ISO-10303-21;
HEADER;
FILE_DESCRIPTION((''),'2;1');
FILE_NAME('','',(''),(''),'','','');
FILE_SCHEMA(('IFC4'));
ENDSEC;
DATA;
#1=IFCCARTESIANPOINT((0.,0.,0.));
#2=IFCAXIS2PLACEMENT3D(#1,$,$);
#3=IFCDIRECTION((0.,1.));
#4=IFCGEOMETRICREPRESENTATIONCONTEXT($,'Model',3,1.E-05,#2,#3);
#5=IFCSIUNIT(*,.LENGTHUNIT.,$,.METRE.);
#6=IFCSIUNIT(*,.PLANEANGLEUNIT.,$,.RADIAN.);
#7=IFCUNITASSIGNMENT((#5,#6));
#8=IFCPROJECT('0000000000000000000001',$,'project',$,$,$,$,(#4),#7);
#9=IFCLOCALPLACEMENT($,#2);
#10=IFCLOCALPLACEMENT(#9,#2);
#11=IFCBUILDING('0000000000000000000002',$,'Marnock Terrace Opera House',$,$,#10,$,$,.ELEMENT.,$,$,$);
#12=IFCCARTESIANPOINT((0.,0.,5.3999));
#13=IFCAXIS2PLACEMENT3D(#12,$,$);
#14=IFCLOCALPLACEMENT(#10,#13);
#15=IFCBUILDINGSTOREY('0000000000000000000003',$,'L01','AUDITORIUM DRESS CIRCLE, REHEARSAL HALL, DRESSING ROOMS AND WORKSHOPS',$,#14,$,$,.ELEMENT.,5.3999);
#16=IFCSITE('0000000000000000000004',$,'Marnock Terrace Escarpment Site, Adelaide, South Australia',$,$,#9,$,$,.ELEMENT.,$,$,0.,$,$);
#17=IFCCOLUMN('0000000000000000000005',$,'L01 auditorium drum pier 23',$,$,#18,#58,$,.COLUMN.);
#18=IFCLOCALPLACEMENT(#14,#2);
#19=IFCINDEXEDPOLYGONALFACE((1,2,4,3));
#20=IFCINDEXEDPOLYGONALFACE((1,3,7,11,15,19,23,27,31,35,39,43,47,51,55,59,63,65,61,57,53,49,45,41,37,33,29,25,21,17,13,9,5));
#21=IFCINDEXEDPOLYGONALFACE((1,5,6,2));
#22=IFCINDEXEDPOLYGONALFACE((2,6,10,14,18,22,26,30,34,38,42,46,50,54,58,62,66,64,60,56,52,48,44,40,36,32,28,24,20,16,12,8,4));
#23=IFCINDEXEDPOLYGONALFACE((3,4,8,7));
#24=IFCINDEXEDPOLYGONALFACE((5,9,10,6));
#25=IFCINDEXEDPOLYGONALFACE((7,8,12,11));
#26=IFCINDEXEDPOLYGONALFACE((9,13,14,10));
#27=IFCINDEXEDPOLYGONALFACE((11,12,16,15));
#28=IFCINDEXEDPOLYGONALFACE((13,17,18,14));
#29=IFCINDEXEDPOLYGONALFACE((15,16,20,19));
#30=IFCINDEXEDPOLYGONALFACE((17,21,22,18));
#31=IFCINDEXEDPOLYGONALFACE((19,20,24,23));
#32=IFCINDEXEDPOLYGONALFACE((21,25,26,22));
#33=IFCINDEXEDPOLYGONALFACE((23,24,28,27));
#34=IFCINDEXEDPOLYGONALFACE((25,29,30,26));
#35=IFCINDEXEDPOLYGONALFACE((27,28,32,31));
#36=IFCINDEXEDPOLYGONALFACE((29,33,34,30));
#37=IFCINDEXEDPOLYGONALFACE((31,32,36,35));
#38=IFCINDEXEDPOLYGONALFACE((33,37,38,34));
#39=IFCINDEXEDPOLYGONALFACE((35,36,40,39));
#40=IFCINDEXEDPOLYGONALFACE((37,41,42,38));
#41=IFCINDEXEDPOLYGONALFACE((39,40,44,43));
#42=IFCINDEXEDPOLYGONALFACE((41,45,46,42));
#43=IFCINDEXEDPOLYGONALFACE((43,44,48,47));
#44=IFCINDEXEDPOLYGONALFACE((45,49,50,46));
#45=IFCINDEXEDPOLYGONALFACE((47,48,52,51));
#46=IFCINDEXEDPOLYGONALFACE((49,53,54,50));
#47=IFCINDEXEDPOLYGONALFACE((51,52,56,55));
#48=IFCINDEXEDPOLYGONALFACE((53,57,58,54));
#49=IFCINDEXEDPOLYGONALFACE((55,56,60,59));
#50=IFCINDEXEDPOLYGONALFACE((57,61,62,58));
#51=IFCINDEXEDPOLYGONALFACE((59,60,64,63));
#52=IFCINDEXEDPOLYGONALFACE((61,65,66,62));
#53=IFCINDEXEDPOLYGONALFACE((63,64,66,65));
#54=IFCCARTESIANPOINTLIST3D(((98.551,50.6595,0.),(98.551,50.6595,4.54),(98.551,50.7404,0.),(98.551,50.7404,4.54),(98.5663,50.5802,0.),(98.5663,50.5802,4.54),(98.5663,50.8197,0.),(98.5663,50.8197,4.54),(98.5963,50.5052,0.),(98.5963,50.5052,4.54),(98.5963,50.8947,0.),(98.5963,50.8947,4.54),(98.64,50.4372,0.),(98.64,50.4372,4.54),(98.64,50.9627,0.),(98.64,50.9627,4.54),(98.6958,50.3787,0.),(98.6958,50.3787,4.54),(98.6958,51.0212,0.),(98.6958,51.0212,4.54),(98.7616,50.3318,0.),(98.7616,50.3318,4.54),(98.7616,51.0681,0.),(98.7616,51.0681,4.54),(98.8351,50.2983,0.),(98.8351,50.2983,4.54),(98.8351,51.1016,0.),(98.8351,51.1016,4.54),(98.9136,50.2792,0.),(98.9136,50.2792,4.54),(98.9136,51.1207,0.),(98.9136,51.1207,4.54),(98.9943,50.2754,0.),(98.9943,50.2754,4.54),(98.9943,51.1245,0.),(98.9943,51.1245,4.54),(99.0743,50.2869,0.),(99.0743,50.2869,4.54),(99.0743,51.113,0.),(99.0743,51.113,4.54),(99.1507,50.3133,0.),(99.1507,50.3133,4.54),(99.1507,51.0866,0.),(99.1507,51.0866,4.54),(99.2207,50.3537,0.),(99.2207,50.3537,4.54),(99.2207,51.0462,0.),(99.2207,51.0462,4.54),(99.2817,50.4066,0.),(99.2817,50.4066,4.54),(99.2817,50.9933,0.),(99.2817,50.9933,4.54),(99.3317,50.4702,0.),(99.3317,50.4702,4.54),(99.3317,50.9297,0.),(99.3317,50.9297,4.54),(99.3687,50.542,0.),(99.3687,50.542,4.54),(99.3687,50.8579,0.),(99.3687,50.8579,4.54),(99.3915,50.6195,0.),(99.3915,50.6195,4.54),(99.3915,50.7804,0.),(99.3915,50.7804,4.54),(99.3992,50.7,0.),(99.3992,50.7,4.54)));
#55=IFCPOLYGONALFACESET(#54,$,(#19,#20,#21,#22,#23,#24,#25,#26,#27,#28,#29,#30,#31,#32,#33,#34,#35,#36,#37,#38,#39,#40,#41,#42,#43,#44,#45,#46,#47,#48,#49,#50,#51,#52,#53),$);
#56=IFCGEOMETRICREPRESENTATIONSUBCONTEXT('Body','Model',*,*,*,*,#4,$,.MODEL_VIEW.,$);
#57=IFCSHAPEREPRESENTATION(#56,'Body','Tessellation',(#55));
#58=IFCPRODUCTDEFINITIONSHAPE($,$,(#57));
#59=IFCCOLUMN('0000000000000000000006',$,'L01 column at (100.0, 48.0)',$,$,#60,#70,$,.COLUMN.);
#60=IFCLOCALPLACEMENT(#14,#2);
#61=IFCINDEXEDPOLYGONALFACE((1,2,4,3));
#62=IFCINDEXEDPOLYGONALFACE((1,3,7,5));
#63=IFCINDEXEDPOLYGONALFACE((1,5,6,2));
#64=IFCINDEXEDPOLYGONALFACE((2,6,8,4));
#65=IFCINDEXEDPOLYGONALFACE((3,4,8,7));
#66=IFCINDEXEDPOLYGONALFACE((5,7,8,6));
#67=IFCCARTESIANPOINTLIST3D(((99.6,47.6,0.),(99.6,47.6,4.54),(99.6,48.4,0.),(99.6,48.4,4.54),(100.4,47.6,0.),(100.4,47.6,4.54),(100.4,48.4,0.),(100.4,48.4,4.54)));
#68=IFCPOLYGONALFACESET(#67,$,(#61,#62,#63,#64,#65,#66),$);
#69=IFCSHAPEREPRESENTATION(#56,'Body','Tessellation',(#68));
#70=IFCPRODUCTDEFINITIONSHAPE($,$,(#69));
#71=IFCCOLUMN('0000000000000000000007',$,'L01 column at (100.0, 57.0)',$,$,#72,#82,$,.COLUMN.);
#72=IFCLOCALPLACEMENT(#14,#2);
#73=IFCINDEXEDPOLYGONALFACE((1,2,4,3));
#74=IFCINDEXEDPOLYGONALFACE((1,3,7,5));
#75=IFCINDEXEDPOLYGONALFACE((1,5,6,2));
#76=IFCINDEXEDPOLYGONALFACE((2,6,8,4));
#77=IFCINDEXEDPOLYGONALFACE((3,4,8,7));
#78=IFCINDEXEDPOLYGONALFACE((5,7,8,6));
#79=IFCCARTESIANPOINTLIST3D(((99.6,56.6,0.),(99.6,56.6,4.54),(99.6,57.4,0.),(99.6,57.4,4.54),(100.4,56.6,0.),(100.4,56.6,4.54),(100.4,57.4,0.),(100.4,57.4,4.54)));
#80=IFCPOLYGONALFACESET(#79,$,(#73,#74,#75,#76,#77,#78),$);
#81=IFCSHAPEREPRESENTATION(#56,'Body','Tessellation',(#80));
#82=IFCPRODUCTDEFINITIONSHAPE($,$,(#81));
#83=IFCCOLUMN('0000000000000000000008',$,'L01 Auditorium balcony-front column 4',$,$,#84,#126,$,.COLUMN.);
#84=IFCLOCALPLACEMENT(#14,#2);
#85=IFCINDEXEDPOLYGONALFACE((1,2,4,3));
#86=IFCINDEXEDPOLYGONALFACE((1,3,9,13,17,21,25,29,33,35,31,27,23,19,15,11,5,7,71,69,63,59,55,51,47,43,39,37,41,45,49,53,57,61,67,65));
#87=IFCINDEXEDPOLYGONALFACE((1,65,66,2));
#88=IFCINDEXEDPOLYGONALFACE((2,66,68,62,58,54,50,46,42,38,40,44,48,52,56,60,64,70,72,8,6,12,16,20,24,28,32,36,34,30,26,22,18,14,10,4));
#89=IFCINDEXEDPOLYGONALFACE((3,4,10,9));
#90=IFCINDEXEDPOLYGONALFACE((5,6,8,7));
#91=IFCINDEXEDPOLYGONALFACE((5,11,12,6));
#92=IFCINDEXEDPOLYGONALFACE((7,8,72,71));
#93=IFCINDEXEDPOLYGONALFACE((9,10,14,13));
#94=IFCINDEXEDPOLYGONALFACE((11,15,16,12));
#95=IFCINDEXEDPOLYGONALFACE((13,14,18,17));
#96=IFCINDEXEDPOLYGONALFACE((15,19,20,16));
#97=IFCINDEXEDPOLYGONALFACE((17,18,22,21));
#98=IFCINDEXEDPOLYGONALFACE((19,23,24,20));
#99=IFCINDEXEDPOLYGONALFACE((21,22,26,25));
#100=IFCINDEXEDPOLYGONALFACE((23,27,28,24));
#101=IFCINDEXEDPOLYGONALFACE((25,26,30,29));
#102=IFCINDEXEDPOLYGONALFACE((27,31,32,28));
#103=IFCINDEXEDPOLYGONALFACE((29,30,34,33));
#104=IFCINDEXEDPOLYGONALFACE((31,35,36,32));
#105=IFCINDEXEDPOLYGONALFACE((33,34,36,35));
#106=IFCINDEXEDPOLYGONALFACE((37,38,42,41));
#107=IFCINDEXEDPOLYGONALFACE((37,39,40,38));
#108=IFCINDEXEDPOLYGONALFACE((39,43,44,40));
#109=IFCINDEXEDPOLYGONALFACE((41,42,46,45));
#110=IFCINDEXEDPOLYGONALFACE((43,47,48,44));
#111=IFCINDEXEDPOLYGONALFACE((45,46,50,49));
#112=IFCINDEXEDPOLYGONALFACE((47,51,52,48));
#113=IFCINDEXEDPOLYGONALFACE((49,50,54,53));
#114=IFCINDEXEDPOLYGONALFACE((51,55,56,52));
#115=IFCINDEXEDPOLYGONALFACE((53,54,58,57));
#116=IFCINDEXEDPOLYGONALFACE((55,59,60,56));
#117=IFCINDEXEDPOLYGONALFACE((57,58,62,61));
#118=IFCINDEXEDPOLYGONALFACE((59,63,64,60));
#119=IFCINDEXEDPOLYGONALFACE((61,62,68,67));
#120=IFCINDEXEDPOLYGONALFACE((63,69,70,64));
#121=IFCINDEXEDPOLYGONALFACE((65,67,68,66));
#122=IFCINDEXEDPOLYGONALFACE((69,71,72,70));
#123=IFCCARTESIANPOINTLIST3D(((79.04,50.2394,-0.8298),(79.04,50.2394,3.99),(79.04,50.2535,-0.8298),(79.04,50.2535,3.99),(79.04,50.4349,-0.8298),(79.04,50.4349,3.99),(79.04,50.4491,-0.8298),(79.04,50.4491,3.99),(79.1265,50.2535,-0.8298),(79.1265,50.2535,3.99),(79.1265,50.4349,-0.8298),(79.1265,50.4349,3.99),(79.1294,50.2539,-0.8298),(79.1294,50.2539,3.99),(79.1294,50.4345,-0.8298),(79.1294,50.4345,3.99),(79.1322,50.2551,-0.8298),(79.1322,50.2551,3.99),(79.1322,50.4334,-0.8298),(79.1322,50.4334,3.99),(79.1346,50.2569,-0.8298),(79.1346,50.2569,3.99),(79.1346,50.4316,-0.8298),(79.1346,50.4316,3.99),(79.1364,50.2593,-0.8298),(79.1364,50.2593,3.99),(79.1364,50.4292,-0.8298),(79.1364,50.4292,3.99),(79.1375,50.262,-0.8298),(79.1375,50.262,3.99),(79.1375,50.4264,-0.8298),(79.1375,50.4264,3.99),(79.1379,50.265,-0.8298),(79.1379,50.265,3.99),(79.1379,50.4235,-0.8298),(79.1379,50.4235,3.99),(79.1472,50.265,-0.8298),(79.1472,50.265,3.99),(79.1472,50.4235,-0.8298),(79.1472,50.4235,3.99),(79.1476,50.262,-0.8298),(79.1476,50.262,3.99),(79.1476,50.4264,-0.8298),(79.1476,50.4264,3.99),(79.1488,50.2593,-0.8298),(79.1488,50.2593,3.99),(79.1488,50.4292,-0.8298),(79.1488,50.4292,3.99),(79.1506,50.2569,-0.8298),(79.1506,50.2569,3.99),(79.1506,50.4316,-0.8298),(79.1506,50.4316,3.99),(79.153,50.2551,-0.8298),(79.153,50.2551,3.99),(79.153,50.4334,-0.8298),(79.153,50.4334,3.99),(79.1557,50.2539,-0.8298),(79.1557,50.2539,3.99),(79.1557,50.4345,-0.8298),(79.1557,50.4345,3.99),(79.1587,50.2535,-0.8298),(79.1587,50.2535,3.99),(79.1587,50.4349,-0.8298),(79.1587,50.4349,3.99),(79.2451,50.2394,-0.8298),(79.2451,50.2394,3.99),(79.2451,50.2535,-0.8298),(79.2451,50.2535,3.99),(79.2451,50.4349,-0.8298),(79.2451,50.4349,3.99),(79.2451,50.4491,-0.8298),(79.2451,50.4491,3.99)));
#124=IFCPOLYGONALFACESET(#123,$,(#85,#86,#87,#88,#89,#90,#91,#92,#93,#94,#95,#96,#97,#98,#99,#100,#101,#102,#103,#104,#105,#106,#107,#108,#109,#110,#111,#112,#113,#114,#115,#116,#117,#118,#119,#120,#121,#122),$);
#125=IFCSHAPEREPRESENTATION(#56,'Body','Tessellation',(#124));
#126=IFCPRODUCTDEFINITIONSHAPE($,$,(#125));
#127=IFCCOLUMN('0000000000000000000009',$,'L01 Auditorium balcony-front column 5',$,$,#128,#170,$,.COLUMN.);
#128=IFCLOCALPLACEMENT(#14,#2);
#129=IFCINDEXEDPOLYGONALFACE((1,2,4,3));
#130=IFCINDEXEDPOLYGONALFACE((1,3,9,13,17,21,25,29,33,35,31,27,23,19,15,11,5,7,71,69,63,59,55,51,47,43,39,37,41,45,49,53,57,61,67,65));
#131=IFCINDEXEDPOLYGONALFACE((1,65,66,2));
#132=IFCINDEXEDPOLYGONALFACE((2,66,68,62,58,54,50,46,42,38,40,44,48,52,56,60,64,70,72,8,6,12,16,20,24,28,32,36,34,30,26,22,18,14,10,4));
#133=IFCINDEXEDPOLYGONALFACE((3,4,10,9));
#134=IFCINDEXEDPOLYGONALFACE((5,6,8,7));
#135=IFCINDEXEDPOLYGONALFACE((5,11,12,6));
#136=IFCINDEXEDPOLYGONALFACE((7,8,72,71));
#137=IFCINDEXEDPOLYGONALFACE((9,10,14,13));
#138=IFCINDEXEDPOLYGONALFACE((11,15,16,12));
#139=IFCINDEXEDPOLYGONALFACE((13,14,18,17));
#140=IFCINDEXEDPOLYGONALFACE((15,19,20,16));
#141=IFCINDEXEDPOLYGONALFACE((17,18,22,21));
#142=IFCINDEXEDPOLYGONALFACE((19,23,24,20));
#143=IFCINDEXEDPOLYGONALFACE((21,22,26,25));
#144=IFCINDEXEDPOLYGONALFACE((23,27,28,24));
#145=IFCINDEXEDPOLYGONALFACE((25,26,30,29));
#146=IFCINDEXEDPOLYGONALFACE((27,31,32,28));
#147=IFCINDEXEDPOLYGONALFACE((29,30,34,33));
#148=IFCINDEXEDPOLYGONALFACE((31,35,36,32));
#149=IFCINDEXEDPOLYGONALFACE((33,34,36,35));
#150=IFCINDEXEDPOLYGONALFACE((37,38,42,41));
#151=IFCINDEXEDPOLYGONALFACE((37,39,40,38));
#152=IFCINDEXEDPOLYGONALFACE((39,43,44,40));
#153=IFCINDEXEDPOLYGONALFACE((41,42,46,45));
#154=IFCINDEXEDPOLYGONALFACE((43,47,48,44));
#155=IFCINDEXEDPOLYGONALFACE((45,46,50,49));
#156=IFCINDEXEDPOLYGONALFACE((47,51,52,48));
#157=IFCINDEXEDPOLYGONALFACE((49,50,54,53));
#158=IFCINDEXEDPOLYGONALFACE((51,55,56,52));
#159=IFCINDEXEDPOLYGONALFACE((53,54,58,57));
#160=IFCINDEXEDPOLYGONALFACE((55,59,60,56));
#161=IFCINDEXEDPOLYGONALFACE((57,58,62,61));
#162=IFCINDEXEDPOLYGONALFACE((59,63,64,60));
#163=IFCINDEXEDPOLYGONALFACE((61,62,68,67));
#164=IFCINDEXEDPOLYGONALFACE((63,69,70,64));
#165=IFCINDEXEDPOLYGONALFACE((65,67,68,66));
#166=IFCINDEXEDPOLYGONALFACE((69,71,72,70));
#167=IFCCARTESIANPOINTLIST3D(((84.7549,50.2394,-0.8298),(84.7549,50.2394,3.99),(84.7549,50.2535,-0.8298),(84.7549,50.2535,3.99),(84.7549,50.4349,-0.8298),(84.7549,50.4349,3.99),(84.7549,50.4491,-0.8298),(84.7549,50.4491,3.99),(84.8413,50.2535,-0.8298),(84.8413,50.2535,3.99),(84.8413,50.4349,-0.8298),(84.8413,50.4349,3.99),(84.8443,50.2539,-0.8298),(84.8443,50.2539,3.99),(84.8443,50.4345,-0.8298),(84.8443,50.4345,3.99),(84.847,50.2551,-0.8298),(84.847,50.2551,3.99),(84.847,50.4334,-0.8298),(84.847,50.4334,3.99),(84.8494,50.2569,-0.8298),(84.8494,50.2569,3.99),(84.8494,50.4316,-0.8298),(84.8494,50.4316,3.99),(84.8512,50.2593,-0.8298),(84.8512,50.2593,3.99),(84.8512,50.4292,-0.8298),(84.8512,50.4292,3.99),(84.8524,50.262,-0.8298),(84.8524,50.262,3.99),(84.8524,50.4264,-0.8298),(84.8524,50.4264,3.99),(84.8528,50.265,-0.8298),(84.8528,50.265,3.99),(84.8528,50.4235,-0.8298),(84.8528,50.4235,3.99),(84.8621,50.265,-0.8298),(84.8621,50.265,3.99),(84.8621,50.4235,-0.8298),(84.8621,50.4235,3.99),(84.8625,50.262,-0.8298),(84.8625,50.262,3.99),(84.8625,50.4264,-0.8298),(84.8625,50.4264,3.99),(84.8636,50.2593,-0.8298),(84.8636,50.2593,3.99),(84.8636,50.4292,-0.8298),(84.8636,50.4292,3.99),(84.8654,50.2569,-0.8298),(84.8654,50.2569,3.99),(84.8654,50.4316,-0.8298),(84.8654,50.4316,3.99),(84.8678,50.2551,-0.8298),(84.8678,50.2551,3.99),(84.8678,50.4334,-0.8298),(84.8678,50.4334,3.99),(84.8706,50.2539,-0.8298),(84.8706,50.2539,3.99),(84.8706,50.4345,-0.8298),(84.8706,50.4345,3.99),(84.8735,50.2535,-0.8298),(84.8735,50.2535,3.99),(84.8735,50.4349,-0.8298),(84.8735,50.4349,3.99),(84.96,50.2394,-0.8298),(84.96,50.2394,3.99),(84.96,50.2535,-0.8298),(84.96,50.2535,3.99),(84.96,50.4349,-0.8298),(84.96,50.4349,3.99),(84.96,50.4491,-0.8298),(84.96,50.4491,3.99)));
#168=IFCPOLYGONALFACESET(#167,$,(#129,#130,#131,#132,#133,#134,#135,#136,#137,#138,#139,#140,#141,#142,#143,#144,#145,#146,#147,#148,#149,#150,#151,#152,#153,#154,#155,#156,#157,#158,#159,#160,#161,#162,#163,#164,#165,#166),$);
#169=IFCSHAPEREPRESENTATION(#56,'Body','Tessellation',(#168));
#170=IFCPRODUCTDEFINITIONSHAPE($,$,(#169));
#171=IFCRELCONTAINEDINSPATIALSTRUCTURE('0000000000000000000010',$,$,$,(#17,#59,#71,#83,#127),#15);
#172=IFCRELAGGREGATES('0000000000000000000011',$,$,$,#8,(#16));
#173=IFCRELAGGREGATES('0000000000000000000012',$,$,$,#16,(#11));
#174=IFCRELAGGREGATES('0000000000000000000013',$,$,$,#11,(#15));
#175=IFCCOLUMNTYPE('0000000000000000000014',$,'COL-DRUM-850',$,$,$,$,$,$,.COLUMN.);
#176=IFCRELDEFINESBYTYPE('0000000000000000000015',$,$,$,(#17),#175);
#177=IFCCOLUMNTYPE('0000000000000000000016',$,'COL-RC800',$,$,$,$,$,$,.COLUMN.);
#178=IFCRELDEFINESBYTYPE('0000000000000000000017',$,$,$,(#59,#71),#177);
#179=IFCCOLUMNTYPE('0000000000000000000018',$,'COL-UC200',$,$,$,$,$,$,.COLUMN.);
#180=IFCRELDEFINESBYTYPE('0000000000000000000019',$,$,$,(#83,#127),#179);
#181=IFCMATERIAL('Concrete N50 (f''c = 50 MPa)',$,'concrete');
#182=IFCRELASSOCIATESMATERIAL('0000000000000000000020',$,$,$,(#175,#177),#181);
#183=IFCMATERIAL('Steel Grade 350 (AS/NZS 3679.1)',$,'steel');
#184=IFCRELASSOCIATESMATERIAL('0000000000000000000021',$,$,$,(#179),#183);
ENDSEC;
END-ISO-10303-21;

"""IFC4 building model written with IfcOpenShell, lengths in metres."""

from ifc_helpers import new_model, si_unit, direction, frame, origin, origin_2d, place, context, subcontext, project, spatial, rectangle, circle, i_section, extrude, material, material_profile, profile_set, type_object, element, save


model = new_model("IFC4")

# Units and contexts
model_context = context("Model", 3, precision=1e-05, world=origin(), true_north=direction((0.0, 1.0)))
body_context = subcontext(model_context, "Body", "Model", "MODEL_VIEW")
ifc_project = project(units=[si_unit("LENGTHUNIT", "METRE"), si_unit("PLANEANGLEUNIT", "RADIAN")], contexts=[model_context])

# Site, building, storey
site_placement = place(None, origin())
site = spatial("IfcSite", under=ifc_project, at=site_placement, Name="Marnock Terrace Escarpment Site, Adelaide, South Australia", CompositionType="ELEMENT", RefElevation=0.0)
building_placement = place(site_placement, origin())
building = spatial("IfcBuilding", under=site, at=building_placement, Name="Marnock Terrace Opera House", CompositionType="ELEMENT")
storey_placement = place(building_placement, frame((0.0, 0.0, 5.3999)))
storey = spatial("IfcBuildingStorey", under=building, at=storey_placement, Name="L01", Description="AUDITORIUM DRESS CIRCLE, REHEARSAL HALL, DRESSING ROOMS AND WORKSHOPS", CompositionType="ELEMENT", Elevation=5.3999)

# Columns
ifc_material_1 = material(Name="Concrete N50 (f'c = 50 MPa)", Category="concrete")
ifc_material_profile_1 = material_profile(ifc_material_1, circle(Radius=0.425, at=origin_2d()))
ifc_profile_set_1 = profile_set([ifc_material_profile_1], Name="Concrete N50 (f'c = 50 MPa)")
column_type_1 = type_object("IfcColumnType", Name="COL-DRUM-850", PredefinedType="COLUMN", material=ifc_profile_set_1)
column_placement = place(storey_placement, frame((98.9741, 50.7, 0.0), z_axis=(0.0, 0.0, 1.0), x_axis=(1.0, 0.0, 0.0)))
element("IfcColumn", 1, at=column_placement, inside=storey, type_object=column_type_1, Name="L01 auditorium drum pier 23", PredefinedType="COLUMN", context=body_context, shape_type="SweptSolid", body=[
    extrude(circle(Radius=0.425, at=origin_2d()), origin(), (0.0, 0.0, 1.0), 4.54),
])
ifc_material_profile_2 = material_profile(ifc_material_1, rectangle(XDim=0.8, YDim=0.8, at=origin_2d()))
ifc_profile_set_2 = profile_set([ifc_material_profile_2], Name="Concrete N50 (f'c = 50 MPa)")
column_type_2 = type_object("IfcColumnType", Name="COL-RC800", PredefinedType="COLUMN", material=ifc_profile_set_2)
for number, where, z_axis, x_axis, name in (
    (2, (100.0, 48.0, 0.0), (0.0, 0.0, 1.0), (1.0, 0.0, 0.0), "L01 column at (100.0, 48.0)"),
    (3, (100.0, 57.0, 0.0), (0.0, 0.0, 1.0), (1.0, 0.0, 0.0), "L01 column at (100.0, 57.0)"),
):
    element("IfcColumn", number, at=place(storey_placement, frame(where, z_axis=z_axis, x_axis=x_axis)), inside=storey, type_object=column_type_2, Name=name, PredefinedType="COLUMN", context=body_context, shape_type="SweptSolid", body=[
        extrude(rectangle(XDim=0.8, YDim=0.8, at=origin_2d()), origin(), (0.0, 0.0, 1.0), 4.54),
    ])
ifc_material_2 = material(Name="Steel Grade 350 (AS/NZS 3679.1)", Category="steel")
ifc_material_profile_3 = material_profile(ifc_material_2, i_section(OverallWidth=0.2051, OverallDepth=0.2097, WebThickness=0.0093, FlangeThickness=0.0142, FilletRadius=0.0115, at=origin_2d()))
ifc_profile_set_3 = profile_set([ifc_material_profile_3], Name="Steel Grade 350 (AS/NZS 3679.1)")
column_type_3 = type_object("IfcColumnType", Name="COL-UC200", PredefinedType="COLUMN", material=ifc_profile_set_3)
for number, where, z_axis, x_axis, name in (
    (4, (79.1426, 50.3442, -0.8298), (0.0, 0.0, 1.0), (1.0, 0.0, 0.0), "L01 Auditorium balcony-front column 4"),
    (5, (84.8574, 50.3442, -0.8298), (0.0, 0.0, 1.0), (1.0, 0.0, 0.0), "L01 Auditorium balcony-front column 5"),
):
    element("IfcColumn", number, at=place(storey_placement, frame(where, z_axis=z_axis, x_axis=x_axis)), inside=storey, type_object=column_type_3, Name=name, PredefinedType="COLUMN", context=body_context, shape_type="SweptSolid", body=[
        extrude(i_section(OverallWidth=0.2051, OverallDepth=0.2097, WebThickness=0.0093, FlangeThickness=0.0142, FilletRadius=0.0115, at=origin_2d()), origin(), (0.0, 0.0, 1.0), 4.8198),
    ])

save(model, "model.ifc")
